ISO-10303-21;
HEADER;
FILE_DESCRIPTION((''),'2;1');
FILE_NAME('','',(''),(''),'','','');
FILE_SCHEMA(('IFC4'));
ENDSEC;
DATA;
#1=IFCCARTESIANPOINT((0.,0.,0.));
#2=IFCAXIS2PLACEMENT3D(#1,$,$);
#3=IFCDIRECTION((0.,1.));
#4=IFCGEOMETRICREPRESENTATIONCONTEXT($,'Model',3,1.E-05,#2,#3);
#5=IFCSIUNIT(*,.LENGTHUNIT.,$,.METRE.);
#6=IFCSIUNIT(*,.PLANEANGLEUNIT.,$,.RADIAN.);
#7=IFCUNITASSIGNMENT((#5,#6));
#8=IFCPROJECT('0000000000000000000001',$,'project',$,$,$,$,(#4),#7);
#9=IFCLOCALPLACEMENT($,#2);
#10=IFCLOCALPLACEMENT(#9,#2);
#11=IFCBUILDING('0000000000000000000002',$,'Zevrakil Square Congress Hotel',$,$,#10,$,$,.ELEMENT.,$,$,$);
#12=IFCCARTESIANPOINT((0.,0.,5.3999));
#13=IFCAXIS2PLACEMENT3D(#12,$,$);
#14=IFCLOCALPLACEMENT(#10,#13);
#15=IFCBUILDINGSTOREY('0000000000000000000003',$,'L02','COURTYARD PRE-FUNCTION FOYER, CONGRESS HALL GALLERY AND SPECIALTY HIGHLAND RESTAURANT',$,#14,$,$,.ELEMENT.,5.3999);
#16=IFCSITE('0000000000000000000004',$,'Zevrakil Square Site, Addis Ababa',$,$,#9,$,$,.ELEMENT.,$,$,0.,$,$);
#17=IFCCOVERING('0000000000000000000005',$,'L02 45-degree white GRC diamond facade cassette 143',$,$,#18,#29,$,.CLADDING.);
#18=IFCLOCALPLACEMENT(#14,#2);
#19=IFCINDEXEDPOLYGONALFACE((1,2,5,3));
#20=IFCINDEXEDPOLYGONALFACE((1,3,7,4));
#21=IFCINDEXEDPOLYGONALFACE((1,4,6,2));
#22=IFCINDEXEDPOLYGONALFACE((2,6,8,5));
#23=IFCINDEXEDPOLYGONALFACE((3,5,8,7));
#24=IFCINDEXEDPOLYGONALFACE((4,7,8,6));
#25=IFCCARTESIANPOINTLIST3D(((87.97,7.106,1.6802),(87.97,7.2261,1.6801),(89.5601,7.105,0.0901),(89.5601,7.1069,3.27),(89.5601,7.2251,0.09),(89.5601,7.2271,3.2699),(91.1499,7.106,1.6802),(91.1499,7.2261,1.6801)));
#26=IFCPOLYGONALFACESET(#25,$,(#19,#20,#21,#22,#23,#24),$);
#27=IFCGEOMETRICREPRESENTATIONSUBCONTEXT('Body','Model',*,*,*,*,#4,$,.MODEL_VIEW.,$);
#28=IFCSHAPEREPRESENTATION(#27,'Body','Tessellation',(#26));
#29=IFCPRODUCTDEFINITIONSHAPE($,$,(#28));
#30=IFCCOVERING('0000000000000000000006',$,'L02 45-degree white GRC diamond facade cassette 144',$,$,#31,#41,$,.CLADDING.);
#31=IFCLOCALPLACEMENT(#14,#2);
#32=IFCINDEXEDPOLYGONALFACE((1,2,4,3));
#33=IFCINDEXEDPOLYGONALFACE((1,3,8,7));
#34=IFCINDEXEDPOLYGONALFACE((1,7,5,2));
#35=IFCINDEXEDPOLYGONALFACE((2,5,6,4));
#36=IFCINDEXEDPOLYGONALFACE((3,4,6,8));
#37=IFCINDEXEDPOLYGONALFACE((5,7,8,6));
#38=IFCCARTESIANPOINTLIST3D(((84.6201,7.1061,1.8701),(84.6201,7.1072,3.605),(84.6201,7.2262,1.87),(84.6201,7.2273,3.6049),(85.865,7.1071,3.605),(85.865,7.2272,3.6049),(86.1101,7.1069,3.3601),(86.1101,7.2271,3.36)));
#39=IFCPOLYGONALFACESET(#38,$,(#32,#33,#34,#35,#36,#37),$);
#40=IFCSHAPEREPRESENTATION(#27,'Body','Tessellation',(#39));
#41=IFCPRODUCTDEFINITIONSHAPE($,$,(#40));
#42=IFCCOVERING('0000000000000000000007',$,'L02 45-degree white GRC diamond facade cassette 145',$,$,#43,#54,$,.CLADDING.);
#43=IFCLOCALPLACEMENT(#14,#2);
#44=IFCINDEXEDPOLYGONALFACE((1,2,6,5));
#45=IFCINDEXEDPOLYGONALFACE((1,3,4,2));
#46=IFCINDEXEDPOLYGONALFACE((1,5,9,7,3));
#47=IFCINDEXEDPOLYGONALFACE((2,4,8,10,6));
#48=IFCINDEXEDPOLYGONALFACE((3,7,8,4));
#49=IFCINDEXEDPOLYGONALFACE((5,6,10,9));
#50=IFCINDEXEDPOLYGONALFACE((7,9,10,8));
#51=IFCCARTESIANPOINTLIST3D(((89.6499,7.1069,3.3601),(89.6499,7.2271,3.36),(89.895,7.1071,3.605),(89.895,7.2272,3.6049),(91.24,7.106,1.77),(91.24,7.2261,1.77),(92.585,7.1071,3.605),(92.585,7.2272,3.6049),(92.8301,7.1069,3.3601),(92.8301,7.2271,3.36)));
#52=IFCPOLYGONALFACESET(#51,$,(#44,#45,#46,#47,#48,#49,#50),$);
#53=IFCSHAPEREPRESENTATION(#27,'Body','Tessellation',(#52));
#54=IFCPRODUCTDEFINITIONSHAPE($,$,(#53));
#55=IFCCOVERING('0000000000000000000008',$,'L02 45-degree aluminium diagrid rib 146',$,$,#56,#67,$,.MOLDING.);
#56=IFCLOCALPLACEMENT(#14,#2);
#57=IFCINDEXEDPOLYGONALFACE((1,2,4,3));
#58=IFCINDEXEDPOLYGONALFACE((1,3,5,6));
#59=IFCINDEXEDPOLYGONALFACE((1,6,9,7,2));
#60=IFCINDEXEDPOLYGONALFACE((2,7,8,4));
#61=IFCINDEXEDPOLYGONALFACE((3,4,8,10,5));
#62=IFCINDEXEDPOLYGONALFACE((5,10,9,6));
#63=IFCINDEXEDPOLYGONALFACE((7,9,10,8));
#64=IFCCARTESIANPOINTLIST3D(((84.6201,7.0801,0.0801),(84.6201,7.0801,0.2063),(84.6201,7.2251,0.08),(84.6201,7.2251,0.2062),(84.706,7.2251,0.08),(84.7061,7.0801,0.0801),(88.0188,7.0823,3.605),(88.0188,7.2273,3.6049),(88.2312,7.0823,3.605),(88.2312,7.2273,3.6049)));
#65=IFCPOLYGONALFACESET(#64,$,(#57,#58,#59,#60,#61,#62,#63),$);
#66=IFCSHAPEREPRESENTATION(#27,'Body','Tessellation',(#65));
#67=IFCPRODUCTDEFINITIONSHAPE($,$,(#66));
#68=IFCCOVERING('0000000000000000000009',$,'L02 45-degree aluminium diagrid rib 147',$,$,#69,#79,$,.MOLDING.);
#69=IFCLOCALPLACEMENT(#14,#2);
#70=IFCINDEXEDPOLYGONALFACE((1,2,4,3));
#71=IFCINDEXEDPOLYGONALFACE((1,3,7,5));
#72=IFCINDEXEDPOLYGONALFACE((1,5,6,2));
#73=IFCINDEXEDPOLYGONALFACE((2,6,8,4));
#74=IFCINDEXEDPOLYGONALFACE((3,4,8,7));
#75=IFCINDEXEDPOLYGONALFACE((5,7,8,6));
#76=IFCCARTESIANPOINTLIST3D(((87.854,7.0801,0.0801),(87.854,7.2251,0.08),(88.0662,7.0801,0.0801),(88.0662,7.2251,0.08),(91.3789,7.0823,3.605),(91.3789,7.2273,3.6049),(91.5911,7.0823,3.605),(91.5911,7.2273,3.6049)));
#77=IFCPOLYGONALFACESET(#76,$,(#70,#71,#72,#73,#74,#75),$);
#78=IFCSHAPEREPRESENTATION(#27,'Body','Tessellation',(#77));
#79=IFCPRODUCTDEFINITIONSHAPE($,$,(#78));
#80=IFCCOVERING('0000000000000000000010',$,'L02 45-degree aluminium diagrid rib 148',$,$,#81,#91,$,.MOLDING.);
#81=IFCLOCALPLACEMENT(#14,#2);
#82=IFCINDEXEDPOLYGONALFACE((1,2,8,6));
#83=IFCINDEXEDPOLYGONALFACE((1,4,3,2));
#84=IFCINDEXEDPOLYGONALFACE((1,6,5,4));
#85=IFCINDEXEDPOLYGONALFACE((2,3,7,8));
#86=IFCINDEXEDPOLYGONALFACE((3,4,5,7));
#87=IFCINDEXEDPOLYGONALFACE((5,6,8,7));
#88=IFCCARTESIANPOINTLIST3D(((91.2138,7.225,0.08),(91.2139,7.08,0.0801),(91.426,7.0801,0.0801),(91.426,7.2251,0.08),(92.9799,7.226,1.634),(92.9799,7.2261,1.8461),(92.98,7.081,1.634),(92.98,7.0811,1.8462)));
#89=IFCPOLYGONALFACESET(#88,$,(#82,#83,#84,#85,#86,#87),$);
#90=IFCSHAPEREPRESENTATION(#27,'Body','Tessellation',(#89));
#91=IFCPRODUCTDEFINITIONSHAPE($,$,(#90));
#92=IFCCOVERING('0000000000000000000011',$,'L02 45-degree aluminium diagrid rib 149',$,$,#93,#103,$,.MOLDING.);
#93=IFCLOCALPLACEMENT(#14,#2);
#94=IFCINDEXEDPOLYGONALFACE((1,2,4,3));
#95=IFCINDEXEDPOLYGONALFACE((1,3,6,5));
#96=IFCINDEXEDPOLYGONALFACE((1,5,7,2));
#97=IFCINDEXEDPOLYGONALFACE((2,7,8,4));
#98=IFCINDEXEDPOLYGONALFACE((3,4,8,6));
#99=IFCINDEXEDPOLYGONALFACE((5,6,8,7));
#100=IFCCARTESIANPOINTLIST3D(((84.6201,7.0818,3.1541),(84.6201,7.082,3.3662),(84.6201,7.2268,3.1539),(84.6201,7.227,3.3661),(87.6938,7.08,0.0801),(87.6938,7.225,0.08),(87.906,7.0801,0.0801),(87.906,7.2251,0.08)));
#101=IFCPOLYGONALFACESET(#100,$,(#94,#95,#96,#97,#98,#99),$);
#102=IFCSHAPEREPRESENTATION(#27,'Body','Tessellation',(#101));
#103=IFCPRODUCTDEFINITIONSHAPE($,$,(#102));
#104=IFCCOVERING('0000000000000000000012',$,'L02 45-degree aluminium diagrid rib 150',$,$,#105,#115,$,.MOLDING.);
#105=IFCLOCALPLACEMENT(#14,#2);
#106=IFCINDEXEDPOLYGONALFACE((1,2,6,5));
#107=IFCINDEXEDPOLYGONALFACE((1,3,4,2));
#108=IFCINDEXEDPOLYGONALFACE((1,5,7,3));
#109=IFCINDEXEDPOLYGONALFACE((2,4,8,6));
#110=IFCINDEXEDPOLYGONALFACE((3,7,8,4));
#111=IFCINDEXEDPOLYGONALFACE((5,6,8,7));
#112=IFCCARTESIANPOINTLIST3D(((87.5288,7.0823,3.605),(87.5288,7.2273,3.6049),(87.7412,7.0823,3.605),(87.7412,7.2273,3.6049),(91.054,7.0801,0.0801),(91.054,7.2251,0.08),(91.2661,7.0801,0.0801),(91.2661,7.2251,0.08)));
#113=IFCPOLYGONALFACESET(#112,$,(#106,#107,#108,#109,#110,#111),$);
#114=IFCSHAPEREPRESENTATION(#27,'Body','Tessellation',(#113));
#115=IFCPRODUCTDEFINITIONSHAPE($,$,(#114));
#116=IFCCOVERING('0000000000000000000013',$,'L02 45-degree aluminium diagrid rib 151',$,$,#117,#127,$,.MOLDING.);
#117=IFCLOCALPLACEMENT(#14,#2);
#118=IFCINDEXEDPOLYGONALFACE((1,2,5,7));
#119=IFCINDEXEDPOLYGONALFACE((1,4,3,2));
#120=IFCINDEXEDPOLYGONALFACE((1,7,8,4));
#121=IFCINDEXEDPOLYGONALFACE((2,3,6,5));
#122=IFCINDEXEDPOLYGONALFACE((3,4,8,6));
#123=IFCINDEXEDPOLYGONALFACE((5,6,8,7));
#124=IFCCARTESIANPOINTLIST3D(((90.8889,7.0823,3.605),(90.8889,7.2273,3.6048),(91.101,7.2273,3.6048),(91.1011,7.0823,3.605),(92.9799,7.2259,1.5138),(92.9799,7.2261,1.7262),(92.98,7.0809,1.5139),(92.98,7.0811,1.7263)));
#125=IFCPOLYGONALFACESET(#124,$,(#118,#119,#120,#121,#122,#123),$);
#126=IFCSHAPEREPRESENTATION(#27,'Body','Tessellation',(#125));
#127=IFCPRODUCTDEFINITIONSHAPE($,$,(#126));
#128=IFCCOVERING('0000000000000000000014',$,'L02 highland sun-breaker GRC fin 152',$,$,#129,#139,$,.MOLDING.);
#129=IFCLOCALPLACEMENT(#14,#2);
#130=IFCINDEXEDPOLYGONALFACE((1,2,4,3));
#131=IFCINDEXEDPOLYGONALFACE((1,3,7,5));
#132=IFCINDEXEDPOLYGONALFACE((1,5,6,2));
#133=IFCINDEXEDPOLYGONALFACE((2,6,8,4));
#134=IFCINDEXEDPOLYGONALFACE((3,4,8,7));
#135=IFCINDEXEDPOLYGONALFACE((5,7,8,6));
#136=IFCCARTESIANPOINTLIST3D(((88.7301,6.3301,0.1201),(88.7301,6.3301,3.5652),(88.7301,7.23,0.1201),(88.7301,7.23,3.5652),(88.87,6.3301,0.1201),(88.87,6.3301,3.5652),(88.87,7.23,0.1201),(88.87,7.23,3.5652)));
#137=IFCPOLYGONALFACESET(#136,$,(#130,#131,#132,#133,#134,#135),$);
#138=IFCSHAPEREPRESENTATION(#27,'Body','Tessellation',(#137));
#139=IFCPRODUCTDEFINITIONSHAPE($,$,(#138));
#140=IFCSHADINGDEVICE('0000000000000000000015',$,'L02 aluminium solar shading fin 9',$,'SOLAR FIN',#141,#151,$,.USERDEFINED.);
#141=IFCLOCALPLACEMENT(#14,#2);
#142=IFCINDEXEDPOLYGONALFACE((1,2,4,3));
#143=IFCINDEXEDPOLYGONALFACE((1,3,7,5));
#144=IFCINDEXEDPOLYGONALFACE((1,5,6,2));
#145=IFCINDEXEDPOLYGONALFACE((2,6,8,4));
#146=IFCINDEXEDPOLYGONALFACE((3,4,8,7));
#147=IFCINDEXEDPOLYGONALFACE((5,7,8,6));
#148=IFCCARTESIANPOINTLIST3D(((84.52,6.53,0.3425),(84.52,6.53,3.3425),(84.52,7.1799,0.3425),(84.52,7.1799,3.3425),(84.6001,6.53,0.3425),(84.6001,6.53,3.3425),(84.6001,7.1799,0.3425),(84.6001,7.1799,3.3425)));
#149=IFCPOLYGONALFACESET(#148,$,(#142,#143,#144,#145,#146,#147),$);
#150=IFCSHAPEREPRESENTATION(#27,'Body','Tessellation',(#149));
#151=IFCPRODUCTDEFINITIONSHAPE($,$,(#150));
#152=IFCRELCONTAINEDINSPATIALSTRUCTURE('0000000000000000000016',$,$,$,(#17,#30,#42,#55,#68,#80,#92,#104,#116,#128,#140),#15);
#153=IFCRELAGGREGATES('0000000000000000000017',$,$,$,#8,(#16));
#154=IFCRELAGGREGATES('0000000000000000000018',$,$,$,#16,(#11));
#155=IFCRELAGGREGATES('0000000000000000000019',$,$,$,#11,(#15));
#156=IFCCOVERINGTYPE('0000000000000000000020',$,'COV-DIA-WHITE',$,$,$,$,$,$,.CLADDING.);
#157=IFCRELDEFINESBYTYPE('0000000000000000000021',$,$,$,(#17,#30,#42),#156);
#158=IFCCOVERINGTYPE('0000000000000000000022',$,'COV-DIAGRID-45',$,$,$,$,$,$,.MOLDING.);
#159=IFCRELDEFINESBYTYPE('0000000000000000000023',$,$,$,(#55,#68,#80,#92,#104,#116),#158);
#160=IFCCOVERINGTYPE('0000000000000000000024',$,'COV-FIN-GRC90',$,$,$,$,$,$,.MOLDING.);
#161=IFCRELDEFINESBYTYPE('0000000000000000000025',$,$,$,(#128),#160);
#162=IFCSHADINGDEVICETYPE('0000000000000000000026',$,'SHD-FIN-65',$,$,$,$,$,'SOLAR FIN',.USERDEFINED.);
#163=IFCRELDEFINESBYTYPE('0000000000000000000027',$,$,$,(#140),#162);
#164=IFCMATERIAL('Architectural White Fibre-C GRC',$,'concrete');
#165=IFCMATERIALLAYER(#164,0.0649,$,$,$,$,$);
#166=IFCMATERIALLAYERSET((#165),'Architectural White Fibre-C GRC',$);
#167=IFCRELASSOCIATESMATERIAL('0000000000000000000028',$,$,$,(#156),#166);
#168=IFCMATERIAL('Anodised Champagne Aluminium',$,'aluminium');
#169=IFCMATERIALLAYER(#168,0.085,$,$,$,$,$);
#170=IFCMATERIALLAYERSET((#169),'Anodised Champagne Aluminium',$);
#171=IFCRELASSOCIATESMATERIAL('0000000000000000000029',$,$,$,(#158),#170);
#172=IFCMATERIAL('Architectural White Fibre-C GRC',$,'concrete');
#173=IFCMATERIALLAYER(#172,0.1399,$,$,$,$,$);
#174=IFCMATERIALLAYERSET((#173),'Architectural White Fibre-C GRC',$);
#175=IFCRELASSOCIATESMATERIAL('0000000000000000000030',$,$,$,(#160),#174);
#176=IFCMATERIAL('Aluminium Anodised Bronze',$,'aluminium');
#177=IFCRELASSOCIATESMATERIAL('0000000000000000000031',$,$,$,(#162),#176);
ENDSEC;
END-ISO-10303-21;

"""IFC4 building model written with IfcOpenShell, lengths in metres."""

from ifc_helpers import new_model, si_unit, direction, frame, origin, origin_2d, place, context, subcontext, project, spatial, polyline, rectangle, outline, extrude, material, layer, layer_set, type_object, element, save


model = new_model("IFC4")

# Units and contexts
model_context = context("Model", 3, precision=1e-05, world=origin(), true_north=direction((0.0, 1.0)))
body_context = subcontext(model_context, "Body", "Model", "MODEL_VIEW")
ifc_project = project(units=[si_unit("LENGTHUNIT", "METRE"), si_unit("PLANEANGLEUNIT", "RADIAN")], contexts=[model_context])

# Site, building, storey
site_placement = place(None, origin())
site = spatial("IfcSite", under=ifc_project, at=site_placement, Name="Zevrakil Square Site, Addis Ababa", CompositionType="ELEMENT", RefElevation=0.0)
building_placement = place(site_placement, origin())
building = spatial("IfcBuilding", under=site, at=building_placement, Name="Zevrakil Square Congress Hotel", CompositionType="ELEMENT")
storey_placement = place(building_placement, frame((0.0, 0.0, 5.3999)))
storey = spatial("IfcBuildingStorey", under=building, at=storey_placement, Name="L02", Description="COURTYARD PRE-FUNCTION FOYER, CONGRESS HALL GALLERY AND SPECIALTY HIGHLAND RESTAURANT", CompositionType="ELEMENT", Elevation=5.3999)

# Coverings
ifc_material_1 = material(Name="Architectural White Fibre-C GRC", Category="concrete")
ifc_layer_1 = layer(ifc_material_1, 0.0649)
ifc_layer_set_1 = layer_set([ifc_layer_1], Name="Architectural White Fibre-C GRC")
covering_type_1 = type_object("IfcCoveringType", Name="COV-DIA-WHITE", PredefinedType="CLADDING", material=ifc_layer_set_1)
covering_1_placement = place(storey_placement, frame((89.5601, 7.1069, 3.27), z_axis=(0.0, -1.0, 0.000614), x_axis=(0.707107, -0.000434, -0.707107)))
element("IfcCovering", 1, at=covering_1_placement, inside=storey, type_object=covering_type_1, Name="L02 45-degree white GRC diamond facade cassette 143", PredefinedType="CLADDING", context=body_context, shape_type="SweptSolid", body=[
    extrude(outline(polyline([(0.0, 0.0), (2.2484, 0.0), (2.2486, -2.2486), (-0.0002, -2.2486), (0.0, 0.0)])), origin(), (0.0, 0.0, -1.0), 0.1201),
])
covering_2_placement = place(storey_placement, frame((86.1101, 7.1069, 3.3601), z_axis=(-0.000064, -1.0, 0.000609), x_axis=(-0.707107, -0.000385, -0.707107)))
element("IfcCovering", 2, at=covering_2_placement, inside=storey, type_object=covering_type_1, Name="L02 45-degree white GRC diamond facade cassette 144", PredefinedType="CLADDING", context=body_context, shape_type="SweptSolid", body=[
    extrude(outline(polyline([(0.0, 0.0), (2.1072, 0.0), (0.8804, -1.2267), (0.0002, -0.3465), (0.0, 0.0)])), origin(), (0.0, 0.0, -1.0), 0.1201),
])
covering_3_placement = place(storey_placement, frame((92.8301, 7.1069, 3.3601), z_axis=(0.0, -1.0, 0.000579), x_axis=(-0.707107, -0.00041, -0.707107)))
element("IfcCovering", 3, at=covering_3_placement, inside=storey, type_object=covering_type_1, Name="L02 45-degree white GRC diamond facade cassette 145", PredefinedType="CLADDING", context=body_context, shape_type="SweptSolid", body=[
    extrude(outline(polyline([(0.0, 0.0), (2.2487, 0.0), (2.2487, -2.2487), (1.9022, -2.2486), (0.0002, -0.3465), (0.0, 0.0)])), origin(), (0.0, 0.0, -1.0), 0.1201),
])
ifc_material_2 = material(Name="Anodised Champagne Aluminium", Category="aluminium")
ifc_layer_2 = layer(ifc_material_2, 0.085)
ifc_layer_set_2 = layer_set([ifc_layer_2], Name="Anodised Champagne Aluminium")
covering_type_2 = type_object("IfcCoveringType", Name="COV-DIAGRID-45", PredefinedType="MOLDING", material=ifc_layer_set_2)
covering_4_placement = place(storey_placement, frame((84.7061, 7.0801, 0.0801), z_axis=(0.000187, -1.0, 0.000443), x_axis=(-1.0, -0.000187, 0.0)))
element("IfcCovering", 4, at=covering_4_placement, inside=storey, type_object=covering_type_2, Name="L02 45-degree aluminium diagrid rib 146", PredefinedType="MOLDING", context=body_context, shape_type="SweptSolid", body=[
    extrude(outline(polyline([(0.0, 0.0), (0.0859, 0.0), (0.0859, -0.1262), (-3.3127, -3.5249), (-3.5251, -3.5249), (0.0, 0.0)])), origin(), (0.0, 0.0, -1.0), 0.145),
])
covering_5_placement = place(storey_placement, frame((88.0662, 7.0801, 0.0801), z_axis=(0.0, -1.0, 0.000623), x_axis=(-1.0, 0.0, 0.0)))
element("IfcCovering", 5, at=covering_5_placement, inside=storey, type_object=covering_type_2, Name="L02 45-degree aluminium diagrid rib 147", PredefinedType="MOLDING", context=body_context, shape_type="SweptSolid", body=[
    extrude(outline(polyline([(0.0, 0.0), (0.2122, 0.0), (-3.3127, -3.5249), (-3.5249, -3.5249), (0.0, 0.0)])), origin(), (0.0, 0.0, -1.0), 0.145),
])
covering_6_placement = place(storey_placement, frame((91.426, 7.0801, 0.0801), z_axis=(0.000294, -1.0, 0.000294), x_axis=(-1.0, -0.000294, 0.0)))
element("IfcCovering", 6, at=covering_6_placement, inside=storey, type_object=covering_type_2, Name="L02 45-degree aluminium diagrid rib 148", PredefinedType="MOLDING", context=body_context, shape_type="SweptSolid", body=[
    extrude(outline(polyline([(0.0, 0.0), (0.2122, 0.0), (-1.554, -1.7661), (-1.554, -1.554), (0.0, 0.0)])), origin(), (0.0, 0.0, -1.0), 0.145),
])
covering_7_placement = place(storey_placement, frame((84.6201, 7.0818, 3.1541), z_axis=(0.000287, -1.0, 0.000863), x_axis=(0.0, 0.000863, 1.0)))
element("IfcCovering", 7, at=covering_7_placement, inside=storey, type_object=covering_type_2, Name="L02 45-degree aluminium diagrid rib 149", PredefinedType="MOLDING", context=body_context, shape_type="SweptSolid", body=[
    extrude(outline(polyline([(0.0, 0.0), (0.2122, 0.0), (-3.074, -3.2859), (-3.074, -3.0737), (0.0, 0.0)])), origin(), (0.0, 0.0, -1.0), 0.145),
])
covering_8_placement = place(storey_placement, frame((87.5288, 7.0823, 3.605), z_axis=(0.0, -1.0, 0.000623), x_axis=(1.0, 0.0, 0.0)))
element("IfcCovering", 8, at=covering_8_placement, inside=storey, type_object=covering_type_2, Name="L02 45-degree aluminium diagrid rib 150", PredefinedType="MOLDING", context=body_context, shape_type="SweptSolid", body=[
    extrude(outline(polyline([(0.0, 0.0), (0.2124, 0.0), (3.7373, -3.5249), (3.5251, -3.5249), (0.0, 0.0)])), origin(), (0.0, 0.0, -1.0), 0.145),
])
covering_9_placement = place(storey_placement, frame((90.8889, 7.0823, 3.605), z_axis=(0.000237, -1.0, 0.000913), x_axis=(1.0, 0.000237, 0.0)))
element("IfcCovering", 9, at=covering_9_placement, inside=storey, type_object=covering_type_2, Name="L02 45-degree aluminium diagrid rib 151", PredefinedType="MOLDING", context=body_context, shape_type="SweptSolid", body=[
    extrude(outline(polyline([(0.0, 0.0), (0.2122, 0.0), (2.0911, -1.8787), (2.0911, -2.0911), (0.0, 0.0)])), origin(), (0.0, 0.0, -1.0), 0.145),
])
ifc_material_3 = material(Name="Architectural White Fibre-C GRC", Category="concrete")
ifc_layer_3 = layer(ifc_material_3, 0.1399)
ifc_layer_set_3 = layer_set([ifc_layer_3], Name="Architectural White Fibre-C GRC")
covering_type_3 = type_object("IfcCoveringType", Name="COV-FIN-GRC90", PredefinedType="MOLDING", material=ifc_layer_set_3)
covering_10_placement = place(storey_placement, frame((88.8, 6.78, 0.1201), z_axis=(0.0, 0.0, 1.0), x_axis=(0.0, -1.0, 0.0)))
element("IfcCovering", 10, at=covering_10_placement, inside=storey, type_object=covering_type_3, Name="L02 highland sun-breaker GRC fin 152", PredefinedType="MOLDING", context=body_context, shape_type="SweptSolid", body=[
    extrude(rectangle(XDim=0.8999, YDim=0.1399, at=origin_2d()), origin(), (0.0, 0.0, 1.0), 3.4451),
])

# Shading device
ifc_material_4 = material(Name="Aluminium Anodised Bronze", Category="aluminium")
shading_device_type = type_object("IfcShadingDeviceType", Name="SHD-FIN-65", ElementType="SOLAR FIN", PredefinedType="USERDEFINED", material=ifc_material_4)
shading_device_placement = place(storey_placement, frame((84.5601, 6.855, 0.3425), z_axis=(0.0, 0.0, 1.0), x_axis=(0.0, -1.0, 0.0)))
element("IfcShadingDevice", 11, at=shading_device_placement, inside=storey, type_object=shading_device_type, Name="L02 aluminium solar shading fin 9", ObjectType="SOLAR FIN", PredefinedType="USERDEFINED", context=body_context, shape_type="SweptSolid", body=[
    extrude(rectangle(XDim=0.6499, YDim=0.0801, at=origin_2d()), origin(), (0.0, 0.0, 1.0), 3.0),
])

save(model, "model.ifc")
